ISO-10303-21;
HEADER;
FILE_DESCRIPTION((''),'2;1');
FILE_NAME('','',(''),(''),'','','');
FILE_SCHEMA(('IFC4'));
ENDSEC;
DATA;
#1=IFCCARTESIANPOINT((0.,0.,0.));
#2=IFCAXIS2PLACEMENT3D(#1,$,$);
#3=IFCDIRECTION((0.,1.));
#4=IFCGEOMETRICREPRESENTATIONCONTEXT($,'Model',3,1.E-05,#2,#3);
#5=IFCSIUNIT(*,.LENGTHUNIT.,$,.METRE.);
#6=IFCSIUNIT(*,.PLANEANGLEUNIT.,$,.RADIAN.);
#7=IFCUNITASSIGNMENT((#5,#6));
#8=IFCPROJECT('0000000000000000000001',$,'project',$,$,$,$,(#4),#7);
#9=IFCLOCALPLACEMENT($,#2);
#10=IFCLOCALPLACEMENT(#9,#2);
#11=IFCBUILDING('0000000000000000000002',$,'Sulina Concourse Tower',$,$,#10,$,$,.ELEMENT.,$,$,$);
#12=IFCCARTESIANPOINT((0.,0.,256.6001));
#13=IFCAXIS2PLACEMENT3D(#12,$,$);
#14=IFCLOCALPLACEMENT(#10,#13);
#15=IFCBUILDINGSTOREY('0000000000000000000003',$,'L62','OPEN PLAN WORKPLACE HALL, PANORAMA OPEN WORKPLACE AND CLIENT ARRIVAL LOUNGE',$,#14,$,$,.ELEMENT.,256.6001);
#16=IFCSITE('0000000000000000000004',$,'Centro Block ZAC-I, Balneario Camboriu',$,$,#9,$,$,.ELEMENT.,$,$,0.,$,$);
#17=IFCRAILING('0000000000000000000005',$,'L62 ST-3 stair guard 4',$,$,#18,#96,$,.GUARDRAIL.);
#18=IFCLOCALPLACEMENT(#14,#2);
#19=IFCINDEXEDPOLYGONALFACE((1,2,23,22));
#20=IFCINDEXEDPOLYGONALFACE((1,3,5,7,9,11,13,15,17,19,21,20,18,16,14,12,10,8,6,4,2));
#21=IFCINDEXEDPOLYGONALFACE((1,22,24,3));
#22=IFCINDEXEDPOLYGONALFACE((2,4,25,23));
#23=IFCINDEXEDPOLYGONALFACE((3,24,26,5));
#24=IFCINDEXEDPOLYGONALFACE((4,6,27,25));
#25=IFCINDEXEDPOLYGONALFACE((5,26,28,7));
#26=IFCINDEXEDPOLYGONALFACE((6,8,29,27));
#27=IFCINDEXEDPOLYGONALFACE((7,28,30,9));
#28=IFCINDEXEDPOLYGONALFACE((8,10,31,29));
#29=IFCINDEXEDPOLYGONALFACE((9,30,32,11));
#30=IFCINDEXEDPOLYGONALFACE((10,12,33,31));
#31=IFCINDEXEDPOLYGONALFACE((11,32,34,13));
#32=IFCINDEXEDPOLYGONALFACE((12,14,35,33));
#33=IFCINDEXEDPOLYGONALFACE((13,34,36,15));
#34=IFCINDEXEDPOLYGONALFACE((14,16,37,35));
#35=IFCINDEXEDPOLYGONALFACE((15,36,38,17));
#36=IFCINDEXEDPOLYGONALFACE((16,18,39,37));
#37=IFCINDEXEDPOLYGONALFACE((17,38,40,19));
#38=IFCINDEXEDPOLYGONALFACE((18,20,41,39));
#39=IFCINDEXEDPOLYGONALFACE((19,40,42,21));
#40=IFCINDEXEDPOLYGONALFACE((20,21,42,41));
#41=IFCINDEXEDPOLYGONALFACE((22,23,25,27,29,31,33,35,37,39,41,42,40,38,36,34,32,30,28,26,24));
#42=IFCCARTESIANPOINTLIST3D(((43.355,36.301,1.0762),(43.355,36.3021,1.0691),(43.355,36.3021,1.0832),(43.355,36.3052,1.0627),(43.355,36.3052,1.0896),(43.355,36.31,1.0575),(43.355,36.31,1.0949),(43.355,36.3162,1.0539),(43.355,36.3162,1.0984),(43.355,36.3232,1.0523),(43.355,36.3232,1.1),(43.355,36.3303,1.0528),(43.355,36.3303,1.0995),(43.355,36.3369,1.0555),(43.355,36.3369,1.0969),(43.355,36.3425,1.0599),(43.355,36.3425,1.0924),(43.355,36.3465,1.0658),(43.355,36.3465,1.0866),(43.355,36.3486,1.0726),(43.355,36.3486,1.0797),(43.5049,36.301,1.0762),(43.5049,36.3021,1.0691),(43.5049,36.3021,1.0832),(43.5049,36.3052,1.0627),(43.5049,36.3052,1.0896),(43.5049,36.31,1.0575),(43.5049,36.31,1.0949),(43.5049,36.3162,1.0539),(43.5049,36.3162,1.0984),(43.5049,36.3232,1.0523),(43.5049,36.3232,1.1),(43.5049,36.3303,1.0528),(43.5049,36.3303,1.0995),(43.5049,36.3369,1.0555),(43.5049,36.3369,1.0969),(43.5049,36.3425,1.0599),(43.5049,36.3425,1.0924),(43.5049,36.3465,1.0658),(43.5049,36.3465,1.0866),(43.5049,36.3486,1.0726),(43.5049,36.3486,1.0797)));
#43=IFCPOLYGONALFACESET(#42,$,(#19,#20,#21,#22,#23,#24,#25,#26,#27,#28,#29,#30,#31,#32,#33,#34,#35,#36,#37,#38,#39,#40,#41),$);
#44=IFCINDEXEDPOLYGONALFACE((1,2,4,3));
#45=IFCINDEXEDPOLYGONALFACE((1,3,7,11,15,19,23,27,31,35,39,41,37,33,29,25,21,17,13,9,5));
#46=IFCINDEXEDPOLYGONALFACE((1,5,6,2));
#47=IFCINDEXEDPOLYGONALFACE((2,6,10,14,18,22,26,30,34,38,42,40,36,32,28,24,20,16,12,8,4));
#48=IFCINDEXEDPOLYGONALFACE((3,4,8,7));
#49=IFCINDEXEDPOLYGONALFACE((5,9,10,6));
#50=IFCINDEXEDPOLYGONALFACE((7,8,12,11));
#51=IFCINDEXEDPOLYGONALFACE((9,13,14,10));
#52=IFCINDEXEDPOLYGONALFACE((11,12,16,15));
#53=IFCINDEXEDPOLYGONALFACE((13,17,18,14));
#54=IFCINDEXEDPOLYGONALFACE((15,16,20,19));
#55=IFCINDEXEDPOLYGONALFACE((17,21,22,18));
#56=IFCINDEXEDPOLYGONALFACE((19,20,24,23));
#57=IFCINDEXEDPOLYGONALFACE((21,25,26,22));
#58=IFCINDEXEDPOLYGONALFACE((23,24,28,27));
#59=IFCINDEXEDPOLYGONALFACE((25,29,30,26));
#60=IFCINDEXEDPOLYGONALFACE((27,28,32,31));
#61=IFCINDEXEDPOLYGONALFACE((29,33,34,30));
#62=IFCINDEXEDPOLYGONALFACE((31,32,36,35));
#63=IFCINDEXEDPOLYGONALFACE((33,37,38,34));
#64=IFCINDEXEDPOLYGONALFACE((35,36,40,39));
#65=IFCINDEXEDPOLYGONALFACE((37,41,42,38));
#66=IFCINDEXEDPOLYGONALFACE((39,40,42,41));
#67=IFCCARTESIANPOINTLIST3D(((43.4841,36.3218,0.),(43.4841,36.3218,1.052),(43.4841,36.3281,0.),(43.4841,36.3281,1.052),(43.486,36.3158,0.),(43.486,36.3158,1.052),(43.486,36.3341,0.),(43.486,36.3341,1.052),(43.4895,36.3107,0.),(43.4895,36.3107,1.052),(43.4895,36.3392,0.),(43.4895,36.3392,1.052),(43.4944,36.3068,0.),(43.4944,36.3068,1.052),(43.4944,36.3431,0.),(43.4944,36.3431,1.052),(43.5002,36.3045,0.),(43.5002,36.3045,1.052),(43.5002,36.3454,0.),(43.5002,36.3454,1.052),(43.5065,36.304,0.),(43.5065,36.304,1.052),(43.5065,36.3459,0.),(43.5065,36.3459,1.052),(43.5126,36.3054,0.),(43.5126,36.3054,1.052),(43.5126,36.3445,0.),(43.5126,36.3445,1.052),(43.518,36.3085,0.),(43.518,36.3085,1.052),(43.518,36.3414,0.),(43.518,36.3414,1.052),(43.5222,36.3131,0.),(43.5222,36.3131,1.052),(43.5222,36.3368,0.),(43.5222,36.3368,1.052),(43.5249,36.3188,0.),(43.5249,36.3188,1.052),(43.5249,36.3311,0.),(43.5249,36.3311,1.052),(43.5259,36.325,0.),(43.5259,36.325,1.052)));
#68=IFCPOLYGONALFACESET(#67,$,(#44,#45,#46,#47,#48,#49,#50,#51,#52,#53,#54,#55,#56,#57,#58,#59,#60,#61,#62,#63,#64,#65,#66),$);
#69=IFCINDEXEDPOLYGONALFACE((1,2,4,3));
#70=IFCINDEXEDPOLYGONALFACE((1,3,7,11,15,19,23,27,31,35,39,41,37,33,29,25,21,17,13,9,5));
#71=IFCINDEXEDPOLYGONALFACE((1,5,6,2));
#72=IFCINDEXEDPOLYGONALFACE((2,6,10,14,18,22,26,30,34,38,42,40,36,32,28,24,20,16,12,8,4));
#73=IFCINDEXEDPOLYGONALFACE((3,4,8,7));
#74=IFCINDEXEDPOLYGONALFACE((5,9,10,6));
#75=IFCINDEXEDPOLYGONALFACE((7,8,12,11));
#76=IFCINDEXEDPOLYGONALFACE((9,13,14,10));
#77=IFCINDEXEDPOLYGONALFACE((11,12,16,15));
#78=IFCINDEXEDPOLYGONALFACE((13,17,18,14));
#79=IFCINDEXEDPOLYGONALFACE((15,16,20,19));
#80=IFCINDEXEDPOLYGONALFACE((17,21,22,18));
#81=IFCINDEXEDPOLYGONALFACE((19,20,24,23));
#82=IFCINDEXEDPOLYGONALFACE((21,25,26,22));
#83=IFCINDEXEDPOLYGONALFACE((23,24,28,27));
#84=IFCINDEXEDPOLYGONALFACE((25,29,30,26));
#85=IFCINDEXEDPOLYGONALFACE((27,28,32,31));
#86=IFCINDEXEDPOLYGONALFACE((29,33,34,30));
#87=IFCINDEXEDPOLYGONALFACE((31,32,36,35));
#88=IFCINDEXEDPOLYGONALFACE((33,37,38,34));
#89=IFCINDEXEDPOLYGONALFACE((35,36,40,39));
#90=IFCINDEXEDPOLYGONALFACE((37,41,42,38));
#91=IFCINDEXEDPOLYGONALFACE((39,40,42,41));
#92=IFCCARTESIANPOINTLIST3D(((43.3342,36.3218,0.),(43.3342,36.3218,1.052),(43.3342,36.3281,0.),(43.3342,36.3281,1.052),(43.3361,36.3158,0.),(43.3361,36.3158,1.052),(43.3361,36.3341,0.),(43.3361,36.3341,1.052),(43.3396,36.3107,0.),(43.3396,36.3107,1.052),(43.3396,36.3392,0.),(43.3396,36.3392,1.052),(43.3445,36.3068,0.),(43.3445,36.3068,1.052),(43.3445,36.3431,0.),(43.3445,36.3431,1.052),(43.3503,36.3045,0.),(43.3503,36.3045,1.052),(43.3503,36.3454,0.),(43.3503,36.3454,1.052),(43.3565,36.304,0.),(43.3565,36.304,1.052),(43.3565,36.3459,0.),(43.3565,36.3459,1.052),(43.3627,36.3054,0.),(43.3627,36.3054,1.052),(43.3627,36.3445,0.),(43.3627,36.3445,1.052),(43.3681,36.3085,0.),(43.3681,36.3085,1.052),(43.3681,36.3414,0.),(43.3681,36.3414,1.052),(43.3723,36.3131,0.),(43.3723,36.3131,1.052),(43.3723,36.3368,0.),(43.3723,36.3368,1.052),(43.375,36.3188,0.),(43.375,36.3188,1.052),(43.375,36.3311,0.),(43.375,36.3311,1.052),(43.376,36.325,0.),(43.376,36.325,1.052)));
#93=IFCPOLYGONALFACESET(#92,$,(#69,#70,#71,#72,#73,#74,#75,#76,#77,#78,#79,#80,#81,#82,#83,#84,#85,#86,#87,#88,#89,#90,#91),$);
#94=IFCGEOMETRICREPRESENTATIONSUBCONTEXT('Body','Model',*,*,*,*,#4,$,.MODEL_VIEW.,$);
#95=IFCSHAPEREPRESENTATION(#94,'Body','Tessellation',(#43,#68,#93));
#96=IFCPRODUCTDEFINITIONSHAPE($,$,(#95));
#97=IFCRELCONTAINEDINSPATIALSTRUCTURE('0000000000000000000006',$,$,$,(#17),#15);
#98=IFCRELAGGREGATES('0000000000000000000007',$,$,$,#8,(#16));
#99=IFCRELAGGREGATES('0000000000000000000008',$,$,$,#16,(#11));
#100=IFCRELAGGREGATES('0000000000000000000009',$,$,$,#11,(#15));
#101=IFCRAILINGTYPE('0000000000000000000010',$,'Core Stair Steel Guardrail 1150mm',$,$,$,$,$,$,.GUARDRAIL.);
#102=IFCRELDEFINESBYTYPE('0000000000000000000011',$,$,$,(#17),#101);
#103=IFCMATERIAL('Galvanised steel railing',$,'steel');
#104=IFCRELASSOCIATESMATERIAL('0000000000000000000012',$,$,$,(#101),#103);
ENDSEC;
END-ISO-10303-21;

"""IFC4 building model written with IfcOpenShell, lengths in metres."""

from ifc_helpers import new_model, si_unit, direction, frame, origin, origin_2d, place, context, subcontext, project, spatial, circle, extrude, material, type_object, element, save


model = new_model("IFC4")

# Units and contexts
model_context = context("Model", 3, precision=1e-05, world=origin(), true_north=direction((0.0, 1.0)))
body_context = subcontext(model_context, "Body", "Model", "MODEL_VIEW")
ifc_project = project(units=[si_unit("LENGTHUNIT", "METRE"), si_unit("PLANEANGLEUNIT", "RADIAN")], contexts=[model_context])

# Site, building, storey
site_placement = place(None, origin())
site = spatial("IfcSite", under=ifc_project, at=site_placement, Name="Centro Block ZAC-I, Balneario Camboriu", CompositionType="ELEMENT", RefElevation=0.0)
building_placement = place(site_placement, origin())
building = spatial("IfcBuilding", under=site, at=building_placement, Name="Sulina Concourse Tower", CompositionType="ELEMENT")
storey_placement = place(building_placement, frame((0.0, 0.0, 256.6001)))
storey = spatial("IfcBuildingStorey", under=building, at=storey_placement, Name="L62", Description="OPEN PLAN WORKPLACE HALL, PANORAMA OPEN WORKPLACE AND CLIENT ARRIVAL LOUNGE", CompositionType="ELEMENT", Elevation=256.6001)

# Railing
ifc_material_1 = material(Name="Galvanised steel railing", Category="steel")
railing_type_1 = type_object("IfcRailingType", Name="Core Stair Steel Guardrail 1150mm", PredefinedType="GUARDRAIL", material=ifc_material_1)
railing_1_placement = place(storey_placement, frame((43.5049, 36.325, 0.0)))
element("IfcRailing", 1, at=railing_1_placement, inside=storey, type_object=railing_type_1, Name="L62 ST-3 stair guard 4", PredefinedType="GUARDRAIL", context=body_context, shape_type="SweptSolid", body=[
    extrude(circle(Radius=0.0239, at=origin_2d()), frame((0.0, 0.0, 1.0762), z_axis=(-1.0, 0.0, 0.0), x_axis=(0.0, -1.0, 0.0)), (0.0, 0.0, 1.0), 0.1499),
    extrude(circle(Radius=0.021, at=origin_2d()), origin(), (0.0, 0.0, 1.0), 1.052),
    extrude(circle(Radius=0.021, at=origin_2d()), frame((-0.1499, 0.0, 0.0)), (0.0, 0.0, 1.0), 1.052),
])

save(model, "model.ifc")
